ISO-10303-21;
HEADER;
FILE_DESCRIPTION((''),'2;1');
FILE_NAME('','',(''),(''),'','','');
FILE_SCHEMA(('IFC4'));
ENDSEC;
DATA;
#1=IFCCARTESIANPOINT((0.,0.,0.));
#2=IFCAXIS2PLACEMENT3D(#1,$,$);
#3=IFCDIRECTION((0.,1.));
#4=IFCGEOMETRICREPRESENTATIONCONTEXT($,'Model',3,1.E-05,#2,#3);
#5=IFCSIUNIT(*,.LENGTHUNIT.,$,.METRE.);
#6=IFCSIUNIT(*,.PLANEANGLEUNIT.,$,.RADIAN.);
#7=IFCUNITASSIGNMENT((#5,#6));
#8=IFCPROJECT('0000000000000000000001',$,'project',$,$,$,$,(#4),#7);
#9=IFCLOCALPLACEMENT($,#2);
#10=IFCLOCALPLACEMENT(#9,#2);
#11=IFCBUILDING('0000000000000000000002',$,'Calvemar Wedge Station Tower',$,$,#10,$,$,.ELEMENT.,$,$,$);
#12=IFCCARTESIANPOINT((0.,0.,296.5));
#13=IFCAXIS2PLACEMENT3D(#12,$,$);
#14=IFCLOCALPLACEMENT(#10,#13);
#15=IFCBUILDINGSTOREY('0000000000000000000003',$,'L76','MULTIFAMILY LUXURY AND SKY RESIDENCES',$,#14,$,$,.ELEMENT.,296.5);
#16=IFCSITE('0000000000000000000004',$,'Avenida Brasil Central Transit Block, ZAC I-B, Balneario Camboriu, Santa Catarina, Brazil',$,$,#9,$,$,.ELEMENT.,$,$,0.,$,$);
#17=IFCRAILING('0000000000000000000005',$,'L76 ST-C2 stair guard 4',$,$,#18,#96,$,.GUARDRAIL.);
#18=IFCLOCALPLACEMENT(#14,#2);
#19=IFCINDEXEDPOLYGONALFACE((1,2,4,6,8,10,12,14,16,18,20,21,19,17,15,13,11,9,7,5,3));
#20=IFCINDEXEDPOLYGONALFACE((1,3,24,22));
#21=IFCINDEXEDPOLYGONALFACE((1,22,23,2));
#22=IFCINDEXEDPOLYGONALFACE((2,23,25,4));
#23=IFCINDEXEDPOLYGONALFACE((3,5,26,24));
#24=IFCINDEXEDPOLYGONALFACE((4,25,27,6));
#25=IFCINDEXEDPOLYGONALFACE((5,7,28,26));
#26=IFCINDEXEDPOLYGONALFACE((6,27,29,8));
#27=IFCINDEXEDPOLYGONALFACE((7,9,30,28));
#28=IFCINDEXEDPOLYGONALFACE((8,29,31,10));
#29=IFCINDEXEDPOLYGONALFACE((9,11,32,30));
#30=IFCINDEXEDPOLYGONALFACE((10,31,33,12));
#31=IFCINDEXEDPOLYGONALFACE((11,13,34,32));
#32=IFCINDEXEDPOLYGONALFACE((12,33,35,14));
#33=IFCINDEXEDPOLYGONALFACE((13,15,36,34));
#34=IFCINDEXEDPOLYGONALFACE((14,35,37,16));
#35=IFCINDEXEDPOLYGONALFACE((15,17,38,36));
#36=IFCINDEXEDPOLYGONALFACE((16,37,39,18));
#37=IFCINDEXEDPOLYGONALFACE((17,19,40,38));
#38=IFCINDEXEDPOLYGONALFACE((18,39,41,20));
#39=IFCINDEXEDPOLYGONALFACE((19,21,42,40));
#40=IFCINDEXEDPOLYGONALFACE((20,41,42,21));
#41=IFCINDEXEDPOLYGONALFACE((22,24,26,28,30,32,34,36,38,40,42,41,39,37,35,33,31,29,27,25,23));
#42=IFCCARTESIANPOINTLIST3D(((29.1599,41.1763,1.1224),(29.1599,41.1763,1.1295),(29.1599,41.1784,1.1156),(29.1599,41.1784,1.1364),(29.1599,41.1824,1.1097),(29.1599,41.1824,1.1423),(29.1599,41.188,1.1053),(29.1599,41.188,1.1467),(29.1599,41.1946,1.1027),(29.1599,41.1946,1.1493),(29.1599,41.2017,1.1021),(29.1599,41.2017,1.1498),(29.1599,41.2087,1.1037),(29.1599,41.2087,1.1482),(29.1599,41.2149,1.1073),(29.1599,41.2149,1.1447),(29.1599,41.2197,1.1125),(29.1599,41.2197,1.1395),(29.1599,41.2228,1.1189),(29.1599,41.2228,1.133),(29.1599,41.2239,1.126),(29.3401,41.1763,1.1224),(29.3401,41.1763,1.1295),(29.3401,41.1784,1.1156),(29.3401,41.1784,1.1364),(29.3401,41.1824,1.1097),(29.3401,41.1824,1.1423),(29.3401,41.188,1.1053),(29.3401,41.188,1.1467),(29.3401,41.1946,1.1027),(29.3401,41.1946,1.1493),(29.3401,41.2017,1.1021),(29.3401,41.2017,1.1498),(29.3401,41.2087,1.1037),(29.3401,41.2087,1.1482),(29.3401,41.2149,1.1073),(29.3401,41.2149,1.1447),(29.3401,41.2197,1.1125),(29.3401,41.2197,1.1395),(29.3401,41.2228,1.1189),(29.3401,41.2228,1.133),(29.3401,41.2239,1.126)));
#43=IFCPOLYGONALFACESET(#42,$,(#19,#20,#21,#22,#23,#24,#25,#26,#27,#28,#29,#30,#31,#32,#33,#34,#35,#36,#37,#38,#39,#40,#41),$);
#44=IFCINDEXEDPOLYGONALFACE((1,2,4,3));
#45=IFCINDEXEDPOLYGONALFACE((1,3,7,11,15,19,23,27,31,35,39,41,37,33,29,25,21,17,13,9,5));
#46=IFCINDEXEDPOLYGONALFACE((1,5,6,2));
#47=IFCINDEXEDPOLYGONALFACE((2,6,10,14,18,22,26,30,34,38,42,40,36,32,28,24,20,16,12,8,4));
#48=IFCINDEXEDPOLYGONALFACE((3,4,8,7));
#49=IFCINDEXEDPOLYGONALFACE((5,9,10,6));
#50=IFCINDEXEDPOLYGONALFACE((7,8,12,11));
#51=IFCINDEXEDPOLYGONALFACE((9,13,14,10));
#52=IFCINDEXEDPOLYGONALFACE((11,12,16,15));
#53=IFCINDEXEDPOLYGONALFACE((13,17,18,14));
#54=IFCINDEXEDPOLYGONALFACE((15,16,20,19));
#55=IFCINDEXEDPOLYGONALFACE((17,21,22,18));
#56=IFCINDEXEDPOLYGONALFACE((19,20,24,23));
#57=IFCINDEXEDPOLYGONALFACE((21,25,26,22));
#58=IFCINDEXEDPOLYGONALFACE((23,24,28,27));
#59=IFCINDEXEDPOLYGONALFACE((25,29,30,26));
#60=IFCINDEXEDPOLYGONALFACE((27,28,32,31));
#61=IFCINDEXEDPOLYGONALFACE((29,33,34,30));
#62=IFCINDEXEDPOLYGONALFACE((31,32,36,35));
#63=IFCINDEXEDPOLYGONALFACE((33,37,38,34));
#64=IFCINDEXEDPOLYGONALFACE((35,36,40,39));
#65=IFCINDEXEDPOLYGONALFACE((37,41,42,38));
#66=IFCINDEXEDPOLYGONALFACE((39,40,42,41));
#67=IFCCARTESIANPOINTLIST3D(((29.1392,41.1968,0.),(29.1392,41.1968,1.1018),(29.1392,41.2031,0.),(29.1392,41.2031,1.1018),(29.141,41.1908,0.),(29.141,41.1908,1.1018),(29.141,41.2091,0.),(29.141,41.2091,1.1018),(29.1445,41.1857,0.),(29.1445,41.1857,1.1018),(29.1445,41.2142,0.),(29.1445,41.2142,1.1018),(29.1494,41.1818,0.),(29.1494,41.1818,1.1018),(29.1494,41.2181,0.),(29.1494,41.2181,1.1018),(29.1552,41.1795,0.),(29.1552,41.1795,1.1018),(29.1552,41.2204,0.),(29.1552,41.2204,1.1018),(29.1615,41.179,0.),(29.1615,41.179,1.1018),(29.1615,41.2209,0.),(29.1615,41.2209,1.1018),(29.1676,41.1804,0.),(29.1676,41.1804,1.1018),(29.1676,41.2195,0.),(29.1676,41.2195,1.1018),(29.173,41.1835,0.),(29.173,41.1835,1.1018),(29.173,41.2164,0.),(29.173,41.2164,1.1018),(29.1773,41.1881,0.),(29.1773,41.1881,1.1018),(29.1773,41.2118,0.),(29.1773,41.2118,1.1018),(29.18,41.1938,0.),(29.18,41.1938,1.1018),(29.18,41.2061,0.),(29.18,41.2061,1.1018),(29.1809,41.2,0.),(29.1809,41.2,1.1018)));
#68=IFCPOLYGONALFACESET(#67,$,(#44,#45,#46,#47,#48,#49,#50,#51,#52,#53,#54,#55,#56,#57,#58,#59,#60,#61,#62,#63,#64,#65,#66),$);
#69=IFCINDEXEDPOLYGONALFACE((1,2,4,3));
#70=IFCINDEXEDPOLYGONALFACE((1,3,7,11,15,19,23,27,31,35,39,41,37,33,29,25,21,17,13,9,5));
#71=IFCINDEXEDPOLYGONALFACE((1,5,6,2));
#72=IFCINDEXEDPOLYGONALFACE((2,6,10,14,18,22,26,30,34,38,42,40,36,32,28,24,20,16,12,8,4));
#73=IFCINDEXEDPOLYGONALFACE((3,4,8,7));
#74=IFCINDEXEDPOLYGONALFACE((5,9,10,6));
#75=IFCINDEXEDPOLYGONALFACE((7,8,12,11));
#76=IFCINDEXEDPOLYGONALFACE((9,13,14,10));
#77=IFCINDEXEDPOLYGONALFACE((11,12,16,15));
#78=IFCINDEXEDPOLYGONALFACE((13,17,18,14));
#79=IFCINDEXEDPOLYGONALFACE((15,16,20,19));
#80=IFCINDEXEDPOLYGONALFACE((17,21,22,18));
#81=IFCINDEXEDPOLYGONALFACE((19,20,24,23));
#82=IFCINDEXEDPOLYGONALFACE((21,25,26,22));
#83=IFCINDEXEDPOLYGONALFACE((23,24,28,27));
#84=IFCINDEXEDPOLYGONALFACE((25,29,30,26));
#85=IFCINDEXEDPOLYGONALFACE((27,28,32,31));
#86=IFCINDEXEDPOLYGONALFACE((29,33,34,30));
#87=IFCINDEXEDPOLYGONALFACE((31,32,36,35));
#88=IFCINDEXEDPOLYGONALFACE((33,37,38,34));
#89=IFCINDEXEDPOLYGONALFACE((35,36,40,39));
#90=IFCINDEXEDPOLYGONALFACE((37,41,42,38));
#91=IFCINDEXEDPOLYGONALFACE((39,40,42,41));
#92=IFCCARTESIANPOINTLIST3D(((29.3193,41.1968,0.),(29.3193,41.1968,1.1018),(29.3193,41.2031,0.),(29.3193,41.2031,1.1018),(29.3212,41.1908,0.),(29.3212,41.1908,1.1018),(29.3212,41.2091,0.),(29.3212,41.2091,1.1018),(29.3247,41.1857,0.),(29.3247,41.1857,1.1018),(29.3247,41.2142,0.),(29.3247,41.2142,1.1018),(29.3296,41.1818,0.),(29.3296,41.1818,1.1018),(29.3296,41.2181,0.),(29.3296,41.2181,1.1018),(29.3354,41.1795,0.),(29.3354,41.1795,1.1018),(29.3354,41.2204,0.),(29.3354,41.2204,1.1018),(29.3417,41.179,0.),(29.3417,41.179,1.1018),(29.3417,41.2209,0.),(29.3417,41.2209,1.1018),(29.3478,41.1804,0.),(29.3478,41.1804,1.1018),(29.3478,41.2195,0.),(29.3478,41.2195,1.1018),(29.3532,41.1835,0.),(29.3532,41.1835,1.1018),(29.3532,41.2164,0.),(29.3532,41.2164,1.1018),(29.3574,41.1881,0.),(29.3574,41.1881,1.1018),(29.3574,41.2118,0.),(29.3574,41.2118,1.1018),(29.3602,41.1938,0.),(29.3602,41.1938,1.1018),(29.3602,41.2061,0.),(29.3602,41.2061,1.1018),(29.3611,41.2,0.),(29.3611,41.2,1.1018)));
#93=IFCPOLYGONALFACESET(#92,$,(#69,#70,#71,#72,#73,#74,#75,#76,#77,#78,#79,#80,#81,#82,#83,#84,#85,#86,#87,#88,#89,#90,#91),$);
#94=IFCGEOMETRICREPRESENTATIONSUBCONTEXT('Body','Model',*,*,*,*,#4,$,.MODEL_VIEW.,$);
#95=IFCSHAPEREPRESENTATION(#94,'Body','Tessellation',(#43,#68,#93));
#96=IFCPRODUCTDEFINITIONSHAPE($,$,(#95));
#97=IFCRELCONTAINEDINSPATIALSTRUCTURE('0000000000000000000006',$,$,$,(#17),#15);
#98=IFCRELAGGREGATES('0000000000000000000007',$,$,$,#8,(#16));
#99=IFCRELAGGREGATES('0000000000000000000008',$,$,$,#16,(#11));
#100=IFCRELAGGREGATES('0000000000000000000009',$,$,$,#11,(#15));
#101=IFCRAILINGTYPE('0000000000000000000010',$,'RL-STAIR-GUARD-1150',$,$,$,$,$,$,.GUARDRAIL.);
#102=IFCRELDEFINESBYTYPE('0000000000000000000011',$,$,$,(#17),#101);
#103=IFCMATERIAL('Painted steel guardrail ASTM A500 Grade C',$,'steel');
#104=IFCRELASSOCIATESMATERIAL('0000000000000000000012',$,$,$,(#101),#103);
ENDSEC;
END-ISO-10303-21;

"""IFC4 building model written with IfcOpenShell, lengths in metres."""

from ifc_helpers import new_model, si_unit, direction, frame, origin, origin_2d, place, context, subcontext, project, spatial, circle, extrude, material, type_object, element, save


model = new_model("IFC4")

# Units and contexts
model_context = context("Model", 3, precision=1e-05, world=origin(), true_north=direction((0.0, 1.0)))
body_context = subcontext(model_context, "Body", "Model", "MODEL_VIEW")
ifc_project = project(units=[si_unit("LENGTHUNIT", "METRE"), si_unit("PLANEANGLEUNIT", "RADIAN")], contexts=[model_context])

# Site, building, storey
site_placement = place(None, origin())
site = spatial("IfcSite", under=ifc_project, at=site_placement, Name="Avenida Brasil Central Transit Block, ZAC I-B, Balneario Camboriu, Santa Catarina, Brazil", CompositionType="ELEMENT", RefElevation=0.0)
building_placement = place(site_placement, origin())
building = spatial("IfcBuilding", under=site, at=building_placement, Name="Calvemar Wedge Station Tower", CompositionType="ELEMENT")
storey_placement = place(building_placement, frame((0.0, 0.0, 296.5)))
storey = spatial("IfcBuildingStorey", under=building, at=storey_placement, Name="L76", Description="MULTIFAMILY LUXURY AND SKY RESIDENCES", CompositionType="ELEMENT", Elevation=296.5)

# Railing
ifc_material_1 = material(Name="Painted steel guardrail ASTM A500 Grade C", Category="steel")
railing_type_1 = type_object("IfcRailingType", Name="RL-STAIR-GUARD-1150", PredefinedType="GUARDRAIL", material=ifc_material_1)
railing_1_placement = place(storey_placement, frame((29.1599, 41.2, 0.0)))
element("IfcRailing", 1, at=railing_1_placement, inside=storey, type_object=railing_type_1, Name="L76 ST-C2 stair guard 4", PredefinedType="GUARDRAIL", context=body_context, shape_type="SweptSolid", body=[
    extrude(circle(Radius=0.0239, at=origin_2d()), frame((0.0, 0.0, 1.126), z_axis=(1.0, 0.0, 0.0), x_axis=(0.0, 1.0, 0.0)), (0.0, 0.0, 1.0), 0.1802),
    extrude(circle(Radius=0.021, at=origin_2d()), origin(), (0.0, 0.0, 1.0), 1.1018),
    extrude(circle(Radius=0.021, at=origin_2d()), frame((0.1802, 0.0, 0.0)), (0.0, 0.0, 1.0), 1.1018),
])

save(model, "model.ifc")
